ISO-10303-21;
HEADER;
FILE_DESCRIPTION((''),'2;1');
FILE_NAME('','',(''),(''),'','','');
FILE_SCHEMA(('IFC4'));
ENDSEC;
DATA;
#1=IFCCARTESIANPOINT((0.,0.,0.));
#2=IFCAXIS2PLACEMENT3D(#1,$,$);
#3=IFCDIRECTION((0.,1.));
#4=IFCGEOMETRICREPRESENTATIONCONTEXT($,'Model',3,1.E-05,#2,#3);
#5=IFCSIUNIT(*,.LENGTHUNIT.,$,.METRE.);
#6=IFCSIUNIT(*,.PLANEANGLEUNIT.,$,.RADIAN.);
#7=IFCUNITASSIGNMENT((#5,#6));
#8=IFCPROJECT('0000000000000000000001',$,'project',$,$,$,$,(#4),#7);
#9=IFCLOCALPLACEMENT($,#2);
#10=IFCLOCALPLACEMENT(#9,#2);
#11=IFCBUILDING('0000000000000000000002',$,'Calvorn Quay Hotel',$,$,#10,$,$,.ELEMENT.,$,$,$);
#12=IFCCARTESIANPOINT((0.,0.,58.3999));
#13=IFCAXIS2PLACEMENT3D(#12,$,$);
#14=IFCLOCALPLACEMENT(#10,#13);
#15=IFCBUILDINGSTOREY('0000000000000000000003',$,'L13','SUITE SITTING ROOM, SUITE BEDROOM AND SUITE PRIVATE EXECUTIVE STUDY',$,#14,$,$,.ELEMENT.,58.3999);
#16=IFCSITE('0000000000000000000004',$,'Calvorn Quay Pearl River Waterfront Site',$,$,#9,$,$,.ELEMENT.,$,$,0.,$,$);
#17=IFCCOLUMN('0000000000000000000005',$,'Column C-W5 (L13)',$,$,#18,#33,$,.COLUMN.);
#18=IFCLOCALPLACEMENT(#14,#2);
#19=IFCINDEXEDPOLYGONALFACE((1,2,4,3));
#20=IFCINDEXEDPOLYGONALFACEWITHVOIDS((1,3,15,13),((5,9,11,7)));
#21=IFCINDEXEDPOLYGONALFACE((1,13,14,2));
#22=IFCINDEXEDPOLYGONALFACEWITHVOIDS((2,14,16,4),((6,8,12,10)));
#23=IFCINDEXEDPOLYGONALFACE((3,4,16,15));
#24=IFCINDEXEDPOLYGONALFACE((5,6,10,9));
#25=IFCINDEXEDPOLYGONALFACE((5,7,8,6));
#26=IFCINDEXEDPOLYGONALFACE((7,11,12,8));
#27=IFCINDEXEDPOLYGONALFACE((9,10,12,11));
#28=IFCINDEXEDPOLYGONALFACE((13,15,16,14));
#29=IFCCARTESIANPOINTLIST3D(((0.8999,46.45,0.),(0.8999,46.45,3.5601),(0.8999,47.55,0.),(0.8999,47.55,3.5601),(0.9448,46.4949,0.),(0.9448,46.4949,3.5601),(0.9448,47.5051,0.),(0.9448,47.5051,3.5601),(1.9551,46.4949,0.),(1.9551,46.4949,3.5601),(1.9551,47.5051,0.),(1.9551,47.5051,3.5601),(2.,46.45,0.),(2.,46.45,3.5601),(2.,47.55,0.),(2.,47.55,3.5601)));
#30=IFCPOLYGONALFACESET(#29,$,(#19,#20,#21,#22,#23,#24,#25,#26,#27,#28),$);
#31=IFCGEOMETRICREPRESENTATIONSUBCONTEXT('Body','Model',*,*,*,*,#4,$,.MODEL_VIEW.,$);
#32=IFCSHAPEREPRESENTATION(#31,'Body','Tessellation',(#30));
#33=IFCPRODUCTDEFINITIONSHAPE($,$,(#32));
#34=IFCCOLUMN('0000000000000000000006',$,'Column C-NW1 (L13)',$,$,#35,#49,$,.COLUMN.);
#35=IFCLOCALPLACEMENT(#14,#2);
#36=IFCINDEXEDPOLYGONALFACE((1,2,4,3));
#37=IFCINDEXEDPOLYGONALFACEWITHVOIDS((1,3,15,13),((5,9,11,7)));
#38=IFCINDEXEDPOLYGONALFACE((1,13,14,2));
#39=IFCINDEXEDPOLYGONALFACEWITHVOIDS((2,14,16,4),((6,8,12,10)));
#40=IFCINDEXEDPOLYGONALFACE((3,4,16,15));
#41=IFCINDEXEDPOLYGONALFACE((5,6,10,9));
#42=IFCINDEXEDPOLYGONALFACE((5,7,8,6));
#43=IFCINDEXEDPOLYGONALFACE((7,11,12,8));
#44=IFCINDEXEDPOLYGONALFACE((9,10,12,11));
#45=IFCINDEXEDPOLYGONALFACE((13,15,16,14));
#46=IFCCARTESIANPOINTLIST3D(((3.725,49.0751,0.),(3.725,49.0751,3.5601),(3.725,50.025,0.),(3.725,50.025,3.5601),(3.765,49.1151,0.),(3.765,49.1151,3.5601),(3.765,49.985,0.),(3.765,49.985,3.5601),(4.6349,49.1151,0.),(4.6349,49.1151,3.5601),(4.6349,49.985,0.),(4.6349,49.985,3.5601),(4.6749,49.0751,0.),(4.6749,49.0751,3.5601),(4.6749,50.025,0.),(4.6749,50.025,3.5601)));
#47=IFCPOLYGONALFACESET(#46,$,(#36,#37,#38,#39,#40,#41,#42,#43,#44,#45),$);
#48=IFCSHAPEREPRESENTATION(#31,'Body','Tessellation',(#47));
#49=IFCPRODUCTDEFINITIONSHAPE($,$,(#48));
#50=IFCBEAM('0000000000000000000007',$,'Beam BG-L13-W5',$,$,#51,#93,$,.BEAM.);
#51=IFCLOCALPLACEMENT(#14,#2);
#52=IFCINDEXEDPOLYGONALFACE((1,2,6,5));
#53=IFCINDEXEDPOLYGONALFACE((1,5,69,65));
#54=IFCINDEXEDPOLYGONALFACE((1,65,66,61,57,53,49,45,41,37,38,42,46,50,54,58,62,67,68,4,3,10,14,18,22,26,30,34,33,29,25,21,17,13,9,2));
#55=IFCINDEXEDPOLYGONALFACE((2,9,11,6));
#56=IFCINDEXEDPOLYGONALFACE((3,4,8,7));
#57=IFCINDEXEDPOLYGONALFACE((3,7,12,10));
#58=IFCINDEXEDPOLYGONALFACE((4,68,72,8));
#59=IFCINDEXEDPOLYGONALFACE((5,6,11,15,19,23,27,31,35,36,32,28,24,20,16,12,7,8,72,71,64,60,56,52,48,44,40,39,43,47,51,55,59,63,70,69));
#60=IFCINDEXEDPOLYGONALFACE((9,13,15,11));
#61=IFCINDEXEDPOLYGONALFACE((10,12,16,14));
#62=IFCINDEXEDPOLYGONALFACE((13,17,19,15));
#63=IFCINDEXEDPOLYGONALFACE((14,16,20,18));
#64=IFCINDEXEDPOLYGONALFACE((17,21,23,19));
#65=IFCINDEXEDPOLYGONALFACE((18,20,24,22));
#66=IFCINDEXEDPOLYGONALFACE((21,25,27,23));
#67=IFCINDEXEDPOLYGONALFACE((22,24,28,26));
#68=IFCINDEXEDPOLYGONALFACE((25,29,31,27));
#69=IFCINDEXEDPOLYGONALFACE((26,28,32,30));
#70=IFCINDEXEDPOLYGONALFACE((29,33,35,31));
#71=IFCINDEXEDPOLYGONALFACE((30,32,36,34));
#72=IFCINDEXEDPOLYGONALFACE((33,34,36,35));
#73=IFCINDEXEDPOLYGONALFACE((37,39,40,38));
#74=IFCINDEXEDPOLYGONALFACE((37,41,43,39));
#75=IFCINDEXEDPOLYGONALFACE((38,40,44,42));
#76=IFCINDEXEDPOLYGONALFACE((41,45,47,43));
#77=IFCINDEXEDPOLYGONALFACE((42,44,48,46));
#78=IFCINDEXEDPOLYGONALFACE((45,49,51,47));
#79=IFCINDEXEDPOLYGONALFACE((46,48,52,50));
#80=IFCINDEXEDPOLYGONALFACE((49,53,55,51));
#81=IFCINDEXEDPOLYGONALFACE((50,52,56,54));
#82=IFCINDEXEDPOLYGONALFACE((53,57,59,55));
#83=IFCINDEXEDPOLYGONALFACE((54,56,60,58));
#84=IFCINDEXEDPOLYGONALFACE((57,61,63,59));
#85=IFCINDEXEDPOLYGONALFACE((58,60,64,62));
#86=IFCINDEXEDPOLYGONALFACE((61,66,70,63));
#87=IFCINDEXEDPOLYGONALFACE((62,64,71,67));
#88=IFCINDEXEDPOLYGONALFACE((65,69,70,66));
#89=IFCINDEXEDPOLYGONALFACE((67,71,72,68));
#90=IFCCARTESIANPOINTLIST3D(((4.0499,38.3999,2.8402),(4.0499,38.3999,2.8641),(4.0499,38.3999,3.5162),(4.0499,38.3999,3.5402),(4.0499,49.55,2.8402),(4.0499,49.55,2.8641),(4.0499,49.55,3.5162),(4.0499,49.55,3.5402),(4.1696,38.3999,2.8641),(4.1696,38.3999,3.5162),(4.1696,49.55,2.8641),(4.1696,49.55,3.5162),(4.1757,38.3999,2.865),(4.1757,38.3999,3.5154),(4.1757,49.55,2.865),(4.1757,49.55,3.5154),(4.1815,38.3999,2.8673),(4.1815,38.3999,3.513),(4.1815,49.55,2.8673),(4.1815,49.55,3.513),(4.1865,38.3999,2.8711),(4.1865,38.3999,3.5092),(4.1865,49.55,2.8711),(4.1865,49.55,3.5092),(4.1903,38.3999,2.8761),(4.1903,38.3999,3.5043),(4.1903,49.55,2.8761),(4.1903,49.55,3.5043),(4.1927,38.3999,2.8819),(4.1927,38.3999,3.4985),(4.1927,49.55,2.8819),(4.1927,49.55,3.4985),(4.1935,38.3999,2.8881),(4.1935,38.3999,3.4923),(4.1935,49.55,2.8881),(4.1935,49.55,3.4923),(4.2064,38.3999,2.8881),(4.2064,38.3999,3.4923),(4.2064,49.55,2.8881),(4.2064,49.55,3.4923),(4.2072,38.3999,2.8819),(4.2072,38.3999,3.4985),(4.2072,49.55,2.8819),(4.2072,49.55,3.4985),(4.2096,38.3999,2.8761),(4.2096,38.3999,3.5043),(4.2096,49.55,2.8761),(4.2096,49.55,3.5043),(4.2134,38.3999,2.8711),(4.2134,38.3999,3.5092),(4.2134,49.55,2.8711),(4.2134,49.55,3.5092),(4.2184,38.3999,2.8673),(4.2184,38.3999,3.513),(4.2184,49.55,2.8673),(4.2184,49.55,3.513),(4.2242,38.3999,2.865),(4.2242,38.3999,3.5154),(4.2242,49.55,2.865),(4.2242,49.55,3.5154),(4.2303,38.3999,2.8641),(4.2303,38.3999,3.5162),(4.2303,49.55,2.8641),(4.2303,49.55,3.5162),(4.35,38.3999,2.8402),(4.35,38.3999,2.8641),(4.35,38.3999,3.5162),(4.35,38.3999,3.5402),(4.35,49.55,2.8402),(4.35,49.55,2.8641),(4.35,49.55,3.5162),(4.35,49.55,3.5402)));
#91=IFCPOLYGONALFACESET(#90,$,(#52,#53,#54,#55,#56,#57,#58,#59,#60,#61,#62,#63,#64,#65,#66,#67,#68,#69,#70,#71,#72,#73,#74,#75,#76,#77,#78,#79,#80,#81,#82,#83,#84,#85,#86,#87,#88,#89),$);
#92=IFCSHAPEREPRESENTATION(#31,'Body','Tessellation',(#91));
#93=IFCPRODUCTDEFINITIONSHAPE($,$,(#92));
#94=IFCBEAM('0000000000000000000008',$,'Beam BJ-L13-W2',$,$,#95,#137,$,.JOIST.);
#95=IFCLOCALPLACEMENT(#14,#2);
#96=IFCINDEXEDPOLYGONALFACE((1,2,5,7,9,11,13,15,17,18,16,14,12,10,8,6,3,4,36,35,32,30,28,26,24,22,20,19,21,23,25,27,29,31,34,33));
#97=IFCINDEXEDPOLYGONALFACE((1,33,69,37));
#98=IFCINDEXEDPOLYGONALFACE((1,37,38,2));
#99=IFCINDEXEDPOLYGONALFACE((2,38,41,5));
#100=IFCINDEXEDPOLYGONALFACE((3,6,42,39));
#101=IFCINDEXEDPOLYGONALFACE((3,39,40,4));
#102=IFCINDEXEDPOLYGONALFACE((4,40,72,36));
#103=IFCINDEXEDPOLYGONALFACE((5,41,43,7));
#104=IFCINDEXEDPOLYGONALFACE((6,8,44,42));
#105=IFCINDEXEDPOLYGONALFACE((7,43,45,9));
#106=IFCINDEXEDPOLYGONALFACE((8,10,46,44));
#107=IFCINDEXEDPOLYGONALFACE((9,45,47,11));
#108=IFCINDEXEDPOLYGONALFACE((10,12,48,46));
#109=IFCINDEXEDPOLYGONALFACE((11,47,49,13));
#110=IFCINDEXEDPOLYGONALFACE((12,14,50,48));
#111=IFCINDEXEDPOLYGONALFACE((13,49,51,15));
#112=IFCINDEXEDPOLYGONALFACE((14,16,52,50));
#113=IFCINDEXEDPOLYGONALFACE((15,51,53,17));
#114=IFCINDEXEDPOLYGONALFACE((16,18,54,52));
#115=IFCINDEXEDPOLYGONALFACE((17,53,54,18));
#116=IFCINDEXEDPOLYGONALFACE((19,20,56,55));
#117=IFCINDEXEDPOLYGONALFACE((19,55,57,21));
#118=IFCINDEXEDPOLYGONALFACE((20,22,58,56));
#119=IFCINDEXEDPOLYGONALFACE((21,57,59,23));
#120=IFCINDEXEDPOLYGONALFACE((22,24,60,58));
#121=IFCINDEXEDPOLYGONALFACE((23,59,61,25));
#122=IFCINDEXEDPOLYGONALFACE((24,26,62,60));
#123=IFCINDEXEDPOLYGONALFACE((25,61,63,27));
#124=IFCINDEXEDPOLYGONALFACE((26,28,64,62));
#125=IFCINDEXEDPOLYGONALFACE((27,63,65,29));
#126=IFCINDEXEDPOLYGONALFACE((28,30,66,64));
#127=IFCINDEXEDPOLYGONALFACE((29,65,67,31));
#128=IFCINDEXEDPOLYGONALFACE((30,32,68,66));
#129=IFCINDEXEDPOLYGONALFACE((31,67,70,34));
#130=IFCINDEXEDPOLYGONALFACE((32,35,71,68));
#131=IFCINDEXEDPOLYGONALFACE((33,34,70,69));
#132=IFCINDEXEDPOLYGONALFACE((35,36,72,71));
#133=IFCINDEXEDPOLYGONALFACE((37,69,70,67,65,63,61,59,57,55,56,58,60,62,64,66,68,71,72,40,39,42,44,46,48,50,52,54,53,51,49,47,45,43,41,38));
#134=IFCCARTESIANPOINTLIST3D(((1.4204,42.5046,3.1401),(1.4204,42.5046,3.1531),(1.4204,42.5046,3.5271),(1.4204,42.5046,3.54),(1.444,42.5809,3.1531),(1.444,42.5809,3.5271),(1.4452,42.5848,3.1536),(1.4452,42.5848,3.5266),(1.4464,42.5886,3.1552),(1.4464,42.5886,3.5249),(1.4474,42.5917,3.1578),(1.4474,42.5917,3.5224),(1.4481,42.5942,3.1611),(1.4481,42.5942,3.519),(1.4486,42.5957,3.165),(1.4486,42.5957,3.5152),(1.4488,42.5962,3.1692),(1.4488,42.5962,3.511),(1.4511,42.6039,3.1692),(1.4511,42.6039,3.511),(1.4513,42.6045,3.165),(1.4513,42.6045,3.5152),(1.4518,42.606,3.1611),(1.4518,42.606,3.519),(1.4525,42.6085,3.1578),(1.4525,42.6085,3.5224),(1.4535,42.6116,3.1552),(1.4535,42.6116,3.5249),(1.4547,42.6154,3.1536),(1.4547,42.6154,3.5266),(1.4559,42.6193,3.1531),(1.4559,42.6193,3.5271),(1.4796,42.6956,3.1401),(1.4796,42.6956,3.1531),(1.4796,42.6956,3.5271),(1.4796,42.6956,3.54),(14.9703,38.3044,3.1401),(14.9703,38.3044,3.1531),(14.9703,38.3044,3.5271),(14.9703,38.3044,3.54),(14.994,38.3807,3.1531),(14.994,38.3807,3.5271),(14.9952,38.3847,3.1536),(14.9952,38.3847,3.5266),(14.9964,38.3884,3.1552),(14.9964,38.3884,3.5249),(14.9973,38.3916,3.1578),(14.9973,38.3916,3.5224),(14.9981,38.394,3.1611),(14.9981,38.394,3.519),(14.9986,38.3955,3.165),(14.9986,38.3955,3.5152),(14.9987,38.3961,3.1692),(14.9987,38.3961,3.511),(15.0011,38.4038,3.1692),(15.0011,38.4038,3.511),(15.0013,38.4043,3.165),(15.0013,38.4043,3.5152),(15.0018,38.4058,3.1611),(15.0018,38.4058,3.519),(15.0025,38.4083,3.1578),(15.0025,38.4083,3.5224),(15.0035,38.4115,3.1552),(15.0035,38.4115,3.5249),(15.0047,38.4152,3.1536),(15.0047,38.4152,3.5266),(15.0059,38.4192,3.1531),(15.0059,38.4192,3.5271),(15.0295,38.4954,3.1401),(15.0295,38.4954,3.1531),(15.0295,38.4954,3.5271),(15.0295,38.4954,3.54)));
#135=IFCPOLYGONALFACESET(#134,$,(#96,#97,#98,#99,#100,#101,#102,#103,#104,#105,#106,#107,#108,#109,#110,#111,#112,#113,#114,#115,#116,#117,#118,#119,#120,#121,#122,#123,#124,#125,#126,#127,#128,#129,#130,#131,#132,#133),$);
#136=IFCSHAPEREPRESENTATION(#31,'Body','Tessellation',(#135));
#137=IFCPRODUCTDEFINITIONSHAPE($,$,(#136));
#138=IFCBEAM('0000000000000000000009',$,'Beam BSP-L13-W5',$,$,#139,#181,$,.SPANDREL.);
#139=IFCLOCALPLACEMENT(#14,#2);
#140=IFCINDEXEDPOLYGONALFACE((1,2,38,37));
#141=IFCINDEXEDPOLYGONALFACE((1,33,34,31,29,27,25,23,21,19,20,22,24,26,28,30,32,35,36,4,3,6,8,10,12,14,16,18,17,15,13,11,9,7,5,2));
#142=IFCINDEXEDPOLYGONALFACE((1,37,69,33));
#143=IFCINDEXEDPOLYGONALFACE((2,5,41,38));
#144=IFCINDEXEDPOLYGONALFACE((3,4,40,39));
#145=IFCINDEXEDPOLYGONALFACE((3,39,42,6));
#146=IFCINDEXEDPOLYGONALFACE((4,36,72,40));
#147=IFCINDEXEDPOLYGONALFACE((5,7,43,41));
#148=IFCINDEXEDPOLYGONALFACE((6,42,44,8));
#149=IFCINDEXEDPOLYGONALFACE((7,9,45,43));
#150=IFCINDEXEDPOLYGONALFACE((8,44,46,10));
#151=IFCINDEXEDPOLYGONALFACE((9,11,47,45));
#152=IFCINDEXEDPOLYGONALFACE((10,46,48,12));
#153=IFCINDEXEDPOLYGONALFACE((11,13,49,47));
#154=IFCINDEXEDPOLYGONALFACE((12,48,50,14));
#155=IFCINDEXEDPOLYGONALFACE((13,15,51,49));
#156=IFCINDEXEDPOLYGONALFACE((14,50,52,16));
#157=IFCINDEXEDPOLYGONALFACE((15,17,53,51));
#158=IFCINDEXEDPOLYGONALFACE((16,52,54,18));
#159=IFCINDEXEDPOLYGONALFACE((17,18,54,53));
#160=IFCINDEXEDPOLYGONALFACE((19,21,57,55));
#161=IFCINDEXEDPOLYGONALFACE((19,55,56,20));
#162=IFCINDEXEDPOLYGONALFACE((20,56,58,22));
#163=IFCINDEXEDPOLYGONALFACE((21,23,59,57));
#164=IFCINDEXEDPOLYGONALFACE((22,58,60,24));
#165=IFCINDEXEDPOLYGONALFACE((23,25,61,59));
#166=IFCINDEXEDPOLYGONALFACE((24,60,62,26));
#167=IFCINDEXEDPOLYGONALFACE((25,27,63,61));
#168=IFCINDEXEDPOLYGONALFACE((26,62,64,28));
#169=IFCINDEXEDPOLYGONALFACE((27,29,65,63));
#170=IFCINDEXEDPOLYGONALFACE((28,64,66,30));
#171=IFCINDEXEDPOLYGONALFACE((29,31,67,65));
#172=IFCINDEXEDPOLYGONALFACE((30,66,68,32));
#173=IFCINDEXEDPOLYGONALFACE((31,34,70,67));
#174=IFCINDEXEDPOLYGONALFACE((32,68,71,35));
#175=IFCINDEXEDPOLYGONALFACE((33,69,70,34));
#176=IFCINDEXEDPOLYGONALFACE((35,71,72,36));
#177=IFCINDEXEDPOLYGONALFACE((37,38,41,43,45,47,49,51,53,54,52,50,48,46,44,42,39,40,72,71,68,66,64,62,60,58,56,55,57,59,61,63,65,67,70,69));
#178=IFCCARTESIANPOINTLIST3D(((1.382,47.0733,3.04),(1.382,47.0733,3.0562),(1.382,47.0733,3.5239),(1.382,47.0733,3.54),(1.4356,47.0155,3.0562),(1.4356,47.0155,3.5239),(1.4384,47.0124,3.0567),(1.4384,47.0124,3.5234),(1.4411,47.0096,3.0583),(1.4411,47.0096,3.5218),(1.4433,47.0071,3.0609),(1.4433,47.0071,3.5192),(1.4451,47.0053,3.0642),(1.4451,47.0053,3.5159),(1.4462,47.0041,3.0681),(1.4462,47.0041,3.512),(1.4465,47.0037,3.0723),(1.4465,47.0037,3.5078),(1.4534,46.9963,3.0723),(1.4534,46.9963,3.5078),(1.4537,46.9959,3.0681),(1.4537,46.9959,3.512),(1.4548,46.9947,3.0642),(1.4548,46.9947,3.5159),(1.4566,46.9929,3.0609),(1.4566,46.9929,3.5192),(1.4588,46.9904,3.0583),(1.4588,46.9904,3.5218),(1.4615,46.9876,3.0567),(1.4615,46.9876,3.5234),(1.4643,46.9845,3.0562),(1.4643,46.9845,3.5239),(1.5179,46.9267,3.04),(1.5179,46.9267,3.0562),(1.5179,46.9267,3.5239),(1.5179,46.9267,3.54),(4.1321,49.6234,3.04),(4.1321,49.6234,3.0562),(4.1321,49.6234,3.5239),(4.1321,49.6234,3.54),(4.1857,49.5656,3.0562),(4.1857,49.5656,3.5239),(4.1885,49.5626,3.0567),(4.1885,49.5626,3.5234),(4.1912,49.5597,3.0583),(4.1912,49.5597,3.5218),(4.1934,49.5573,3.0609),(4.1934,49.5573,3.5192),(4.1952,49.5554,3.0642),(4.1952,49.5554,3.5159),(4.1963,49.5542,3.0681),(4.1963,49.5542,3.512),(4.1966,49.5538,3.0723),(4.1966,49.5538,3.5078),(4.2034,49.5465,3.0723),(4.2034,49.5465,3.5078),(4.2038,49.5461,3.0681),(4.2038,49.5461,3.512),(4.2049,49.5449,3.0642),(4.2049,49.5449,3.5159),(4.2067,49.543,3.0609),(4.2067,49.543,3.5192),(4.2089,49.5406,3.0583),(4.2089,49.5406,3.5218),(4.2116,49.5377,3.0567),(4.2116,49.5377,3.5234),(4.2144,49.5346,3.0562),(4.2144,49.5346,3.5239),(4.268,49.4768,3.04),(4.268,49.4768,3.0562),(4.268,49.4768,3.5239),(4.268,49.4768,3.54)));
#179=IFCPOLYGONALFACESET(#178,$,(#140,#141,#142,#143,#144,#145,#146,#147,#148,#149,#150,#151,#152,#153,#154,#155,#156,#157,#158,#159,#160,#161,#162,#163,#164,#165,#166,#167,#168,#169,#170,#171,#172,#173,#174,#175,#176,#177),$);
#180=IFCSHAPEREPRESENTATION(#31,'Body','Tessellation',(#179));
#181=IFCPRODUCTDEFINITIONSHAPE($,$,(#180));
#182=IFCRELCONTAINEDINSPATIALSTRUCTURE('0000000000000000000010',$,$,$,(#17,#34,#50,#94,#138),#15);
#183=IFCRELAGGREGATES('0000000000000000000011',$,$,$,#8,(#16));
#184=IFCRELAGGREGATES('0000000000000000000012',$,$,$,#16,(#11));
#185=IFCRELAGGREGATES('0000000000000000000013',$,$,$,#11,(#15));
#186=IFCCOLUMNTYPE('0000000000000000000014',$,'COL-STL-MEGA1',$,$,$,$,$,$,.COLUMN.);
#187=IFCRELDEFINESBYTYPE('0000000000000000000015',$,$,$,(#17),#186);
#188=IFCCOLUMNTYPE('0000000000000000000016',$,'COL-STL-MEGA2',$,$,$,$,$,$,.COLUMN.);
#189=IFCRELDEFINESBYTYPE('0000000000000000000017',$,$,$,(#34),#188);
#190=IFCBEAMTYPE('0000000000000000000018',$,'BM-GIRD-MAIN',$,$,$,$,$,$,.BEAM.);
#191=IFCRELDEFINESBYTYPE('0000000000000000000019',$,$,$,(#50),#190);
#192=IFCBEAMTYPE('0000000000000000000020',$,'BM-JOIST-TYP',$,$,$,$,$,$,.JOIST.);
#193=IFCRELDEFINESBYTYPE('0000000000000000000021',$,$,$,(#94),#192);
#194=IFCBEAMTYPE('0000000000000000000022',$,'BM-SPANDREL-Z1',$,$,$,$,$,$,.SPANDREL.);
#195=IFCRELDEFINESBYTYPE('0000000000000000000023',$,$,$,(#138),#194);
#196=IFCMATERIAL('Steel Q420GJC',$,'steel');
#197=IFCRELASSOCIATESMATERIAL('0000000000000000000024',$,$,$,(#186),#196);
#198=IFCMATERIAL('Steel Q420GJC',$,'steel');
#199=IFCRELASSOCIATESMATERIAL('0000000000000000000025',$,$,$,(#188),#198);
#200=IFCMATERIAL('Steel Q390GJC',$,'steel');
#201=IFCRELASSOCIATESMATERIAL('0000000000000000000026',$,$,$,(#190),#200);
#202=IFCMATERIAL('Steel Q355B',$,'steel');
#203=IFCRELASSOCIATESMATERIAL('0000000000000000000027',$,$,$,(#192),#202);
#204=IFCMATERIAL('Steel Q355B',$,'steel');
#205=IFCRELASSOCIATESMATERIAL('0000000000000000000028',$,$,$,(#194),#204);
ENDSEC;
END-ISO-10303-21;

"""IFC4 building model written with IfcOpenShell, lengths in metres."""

from ifc_helpers import new_model, si_unit, direction, frame, origin, origin_2d, place, context, subcontext, project, spatial, hollow_rectangle, i_section, extrude, material, material_profile, profile_set, type_object, element, save


model = new_model("IFC4")

# Units and contexts
model_context = context("Model", 3, precision=1e-05, world=origin(), true_north=direction((0.0, 1.0)))
body_context = subcontext(model_context, "Body", "Model", "MODEL_VIEW")
ifc_project = project(units=[si_unit("LENGTHUNIT", "METRE"), si_unit("PLANEANGLEUNIT", "RADIAN")], contexts=[model_context])

# Site, building, storey
site_placement = place(None, origin())
site = spatial("IfcSite", under=ifc_project, at=site_placement, Name="Calvorn Quay Pearl River Waterfront Site", CompositionType="ELEMENT", RefElevation=0.0)
building_placement = place(site_placement, origin())
building = spatial("IfcBuilding", under=site, at=building_placement, Name="Calvorn Quay Hotel", CompositionType="ELEMENT")
storey_placement = place(building_placement, frame((0.0, 0.0, 58.3999)))
storey = spatial("IfcBuildingStorey", under=building, at=storey_placement, Name="L13", Description="SUITE SITTING ROOM, SUITE BEDROOM AND SUITE PRIVATE EXECUTIVE STUDY", CompositionType="ELEMENT", Elevation=58.3999)

# Columns
ifc_material_1 = material(Name="Steel Q420GJC", Category="steel")
ifc_material_profile_1 = material_profile(ifc_material_1, hollow_rectangle(XDim=1.1001, YDim=1.1001, WallThickness=0.0449, at=origin_2d()), Name="BOX1100x1100x45")
ifc_profile_set_1 = profile_set([ifc_material_profile_1], Name="Steel Q420GJC")
column_type_1 = type_object("IfcColumnType", Name="COL-STL-MEGA1", PredefinedType="COLUMN", material=ifc_profile_set_1)
column_1_placement = place(storey_placement, frame((1.45, 47.0, 0.0), z_axis=(0.0, 0.0, 1.0), x_axis=(1.0, 0.0, 0.0)))
element("IfcColumn", 1, at=column_1_placement, inside=storey, type_object=column_type_1, Name="Column C-W5 (L13)", PredefinedType="COLUMN", context=body_context, shape_type="SweptSolid", body=[
    extrude(hollow_rectangle(XDim=1.1001, YDim=1.1001, WallThickness=0.0449, at=origin_2d()), origin(), (0.0, 0.0, 1.0), 3.5601),
])
ifc_material_2 = material(Name="Steel Q420GJC", Category="steel")
ifc_material_profile_2 = material_profile(ifc_material_2, hollow_rectangle(XDim=0.95, YDim=0.95, WallThickness=0.04, at=origin_2d()), Name="BOX950x950x40")
ifc_profile_set_2 = profile_set([ifc_material_profile_2], Name="Steel Q420GJC")
column_type_2 = type_object("IfcColumnType", Name="COL-STL-MEGA2", PredefinedType="COLUMN", material=ifc_profile_set_2)
column_2_placement = place(storey_placement, frame((4.2, 49.55, 0.0), z_axis=(0.0, 0.0, 1.0), x_axis=(1.0, 0.0, 0.0)))
element("IfcColumn", 2, at=column_2_placement, inside=storey, type_object=column_type_2, Name="Column C-NW1 (L13)", PredefinedType="COLUMN", context=body_context, shape_type="SweptSolid", body=[
    extrude(hollow_rectangle(XDim=0.95, YDim=0.95, WallThickness=0.04, at=origin_2d()), origin(), (0.0, 0.0, 1.0), 3.5601),
])

# Beams
ifc_material_3 = material(Name="Steel Q390GJC", Category="steel")
ifc_material_profile_3 = material_profile(ifc_material_3, i_section(OverallWidth=0.3, OverallDepth=0.7, WebThickness=0.0129, FlangeThickness=0.0239, FilletRadius=0.0239, at=origin_2d()), Name="HN700x300x13x24")
ifc_profile_set_3 = profile_set([ifc_material_profile_3], Name="Steel Q390GJC")
beam_type_1 = type_object("IfcBeamType", Name="BM-GIRD-MAIN", PredefinedType="BEAM", material=ifc_profile_set_3)
beam_1_placement = place(storey_placement, frame((4.2, 49.55, 3.1902), z_axis=(0.0, -1.0, 0.0), x_axis=(1.0, 0.0, 0.0)))
element("IfcBeam", 3, at=beam_1_placement, inside=storey, type_object=beam_type_1, Name="Beam BG-L13-W5", PredefinedType="BEAM", context=body_context, shape_type="SweptSolid", body=[
    extrude(i_section(OverallWidth=0.3, OverallDepth=0.7, WebThickness=0.0129, FlangeThickness=0.0239, FilletRadius=0.0239, at=origin_2d()), origin(), (0.0, 0.0, 1.0), 11.1501),
])
ifc_material_4 = material(Name="Steel Q355B", Category="steel")
ifc_material_profile_4 = material_profile(ifc_material_4, i_section(OverallWidth=0.2, OverallDepth=0.3999, WebThickness=0.0081, FlangeThickness=0.0129, FilletRadius=0.0161, at=origin_2d()), Name="HN400x200x8x13")
ifc_profile_set_4 = profile_set([ifc_material_profile_4], Name="Steel Q355B")
beam_type_2 = type_object("IfcBeamType", Name="BM-JOIST-TYP", PredefinedType="JOIST", material=ifc_profile_set_4)
beam_2_placement = place(storey_placement, frame((1.45, 42.6001, 3.3401), z_axis=(0.955164, -0.296078, 0.0), x_axis=(0.296078, 0.955164, 0.0)))
element("IfcBeam", 4, at=beam_2_placement, inside=storey, type_object=beam_type_2, Name="Beam BJ-L13-W2", PredefinedType="JOIST", context=body_context, shape_type="SweptSolid", body=[
    extrude(i_section(OverallWidth=0.2, OverallDepth=0.3999, WebThickness=0.0081, FlangeThickness=0.0129, FilletRadius=0.0161, at=origin_2d()), origin(), (0.0, 0.0, 1.0), 14.186),
])
ifc_material_5 = material(Name="Steel Q355B", Category="steel")
ifc_material_profile_5 = material_profile(ifc_material_5, i_section(OverallWidth=0.2, OverallDepth=0.5, WebThickness=0.01, FlangeThickness=0.0161, FilletRadius=0.0161, at=origin_2d()), Name="HN500x200x10x16")
ifc_profile_set_5 = profile_set([ifc_material_profile_5], Name="Steel Q355B")
beam_type_3 = type_object("IfcBeamType", Name="BM-SPANDREL-Z1", PredefinedType="SPANDREL", material=ifc_profile_set_5)
beam_3_placement = place(storey_placement, frame((1.45, 47.0, 3.29), z_axis=(0.733262, 0.679947, 0.0), x_axis=(-0.679947, 0.733262, 0.0)))
element("IfcBeam", 5, at=beam_3_placement, inside=storey, type_object=beam_type_3, Name="Beam BSP-L13-W5", PredefinedType="SPANDREL", context=body_context, shape_type="SweptSolid", body=[
    extrude(i_section(OverallWidth=0.2, OverallDepth=0.5, WebThickness=0.01, FlangeThickness=0.0161, FilletRadius=0.0161, at=origin_2d()), origin(), (0.0, 0.0, 1.0), 3.7505),
])

save(model, "model.ifc")
